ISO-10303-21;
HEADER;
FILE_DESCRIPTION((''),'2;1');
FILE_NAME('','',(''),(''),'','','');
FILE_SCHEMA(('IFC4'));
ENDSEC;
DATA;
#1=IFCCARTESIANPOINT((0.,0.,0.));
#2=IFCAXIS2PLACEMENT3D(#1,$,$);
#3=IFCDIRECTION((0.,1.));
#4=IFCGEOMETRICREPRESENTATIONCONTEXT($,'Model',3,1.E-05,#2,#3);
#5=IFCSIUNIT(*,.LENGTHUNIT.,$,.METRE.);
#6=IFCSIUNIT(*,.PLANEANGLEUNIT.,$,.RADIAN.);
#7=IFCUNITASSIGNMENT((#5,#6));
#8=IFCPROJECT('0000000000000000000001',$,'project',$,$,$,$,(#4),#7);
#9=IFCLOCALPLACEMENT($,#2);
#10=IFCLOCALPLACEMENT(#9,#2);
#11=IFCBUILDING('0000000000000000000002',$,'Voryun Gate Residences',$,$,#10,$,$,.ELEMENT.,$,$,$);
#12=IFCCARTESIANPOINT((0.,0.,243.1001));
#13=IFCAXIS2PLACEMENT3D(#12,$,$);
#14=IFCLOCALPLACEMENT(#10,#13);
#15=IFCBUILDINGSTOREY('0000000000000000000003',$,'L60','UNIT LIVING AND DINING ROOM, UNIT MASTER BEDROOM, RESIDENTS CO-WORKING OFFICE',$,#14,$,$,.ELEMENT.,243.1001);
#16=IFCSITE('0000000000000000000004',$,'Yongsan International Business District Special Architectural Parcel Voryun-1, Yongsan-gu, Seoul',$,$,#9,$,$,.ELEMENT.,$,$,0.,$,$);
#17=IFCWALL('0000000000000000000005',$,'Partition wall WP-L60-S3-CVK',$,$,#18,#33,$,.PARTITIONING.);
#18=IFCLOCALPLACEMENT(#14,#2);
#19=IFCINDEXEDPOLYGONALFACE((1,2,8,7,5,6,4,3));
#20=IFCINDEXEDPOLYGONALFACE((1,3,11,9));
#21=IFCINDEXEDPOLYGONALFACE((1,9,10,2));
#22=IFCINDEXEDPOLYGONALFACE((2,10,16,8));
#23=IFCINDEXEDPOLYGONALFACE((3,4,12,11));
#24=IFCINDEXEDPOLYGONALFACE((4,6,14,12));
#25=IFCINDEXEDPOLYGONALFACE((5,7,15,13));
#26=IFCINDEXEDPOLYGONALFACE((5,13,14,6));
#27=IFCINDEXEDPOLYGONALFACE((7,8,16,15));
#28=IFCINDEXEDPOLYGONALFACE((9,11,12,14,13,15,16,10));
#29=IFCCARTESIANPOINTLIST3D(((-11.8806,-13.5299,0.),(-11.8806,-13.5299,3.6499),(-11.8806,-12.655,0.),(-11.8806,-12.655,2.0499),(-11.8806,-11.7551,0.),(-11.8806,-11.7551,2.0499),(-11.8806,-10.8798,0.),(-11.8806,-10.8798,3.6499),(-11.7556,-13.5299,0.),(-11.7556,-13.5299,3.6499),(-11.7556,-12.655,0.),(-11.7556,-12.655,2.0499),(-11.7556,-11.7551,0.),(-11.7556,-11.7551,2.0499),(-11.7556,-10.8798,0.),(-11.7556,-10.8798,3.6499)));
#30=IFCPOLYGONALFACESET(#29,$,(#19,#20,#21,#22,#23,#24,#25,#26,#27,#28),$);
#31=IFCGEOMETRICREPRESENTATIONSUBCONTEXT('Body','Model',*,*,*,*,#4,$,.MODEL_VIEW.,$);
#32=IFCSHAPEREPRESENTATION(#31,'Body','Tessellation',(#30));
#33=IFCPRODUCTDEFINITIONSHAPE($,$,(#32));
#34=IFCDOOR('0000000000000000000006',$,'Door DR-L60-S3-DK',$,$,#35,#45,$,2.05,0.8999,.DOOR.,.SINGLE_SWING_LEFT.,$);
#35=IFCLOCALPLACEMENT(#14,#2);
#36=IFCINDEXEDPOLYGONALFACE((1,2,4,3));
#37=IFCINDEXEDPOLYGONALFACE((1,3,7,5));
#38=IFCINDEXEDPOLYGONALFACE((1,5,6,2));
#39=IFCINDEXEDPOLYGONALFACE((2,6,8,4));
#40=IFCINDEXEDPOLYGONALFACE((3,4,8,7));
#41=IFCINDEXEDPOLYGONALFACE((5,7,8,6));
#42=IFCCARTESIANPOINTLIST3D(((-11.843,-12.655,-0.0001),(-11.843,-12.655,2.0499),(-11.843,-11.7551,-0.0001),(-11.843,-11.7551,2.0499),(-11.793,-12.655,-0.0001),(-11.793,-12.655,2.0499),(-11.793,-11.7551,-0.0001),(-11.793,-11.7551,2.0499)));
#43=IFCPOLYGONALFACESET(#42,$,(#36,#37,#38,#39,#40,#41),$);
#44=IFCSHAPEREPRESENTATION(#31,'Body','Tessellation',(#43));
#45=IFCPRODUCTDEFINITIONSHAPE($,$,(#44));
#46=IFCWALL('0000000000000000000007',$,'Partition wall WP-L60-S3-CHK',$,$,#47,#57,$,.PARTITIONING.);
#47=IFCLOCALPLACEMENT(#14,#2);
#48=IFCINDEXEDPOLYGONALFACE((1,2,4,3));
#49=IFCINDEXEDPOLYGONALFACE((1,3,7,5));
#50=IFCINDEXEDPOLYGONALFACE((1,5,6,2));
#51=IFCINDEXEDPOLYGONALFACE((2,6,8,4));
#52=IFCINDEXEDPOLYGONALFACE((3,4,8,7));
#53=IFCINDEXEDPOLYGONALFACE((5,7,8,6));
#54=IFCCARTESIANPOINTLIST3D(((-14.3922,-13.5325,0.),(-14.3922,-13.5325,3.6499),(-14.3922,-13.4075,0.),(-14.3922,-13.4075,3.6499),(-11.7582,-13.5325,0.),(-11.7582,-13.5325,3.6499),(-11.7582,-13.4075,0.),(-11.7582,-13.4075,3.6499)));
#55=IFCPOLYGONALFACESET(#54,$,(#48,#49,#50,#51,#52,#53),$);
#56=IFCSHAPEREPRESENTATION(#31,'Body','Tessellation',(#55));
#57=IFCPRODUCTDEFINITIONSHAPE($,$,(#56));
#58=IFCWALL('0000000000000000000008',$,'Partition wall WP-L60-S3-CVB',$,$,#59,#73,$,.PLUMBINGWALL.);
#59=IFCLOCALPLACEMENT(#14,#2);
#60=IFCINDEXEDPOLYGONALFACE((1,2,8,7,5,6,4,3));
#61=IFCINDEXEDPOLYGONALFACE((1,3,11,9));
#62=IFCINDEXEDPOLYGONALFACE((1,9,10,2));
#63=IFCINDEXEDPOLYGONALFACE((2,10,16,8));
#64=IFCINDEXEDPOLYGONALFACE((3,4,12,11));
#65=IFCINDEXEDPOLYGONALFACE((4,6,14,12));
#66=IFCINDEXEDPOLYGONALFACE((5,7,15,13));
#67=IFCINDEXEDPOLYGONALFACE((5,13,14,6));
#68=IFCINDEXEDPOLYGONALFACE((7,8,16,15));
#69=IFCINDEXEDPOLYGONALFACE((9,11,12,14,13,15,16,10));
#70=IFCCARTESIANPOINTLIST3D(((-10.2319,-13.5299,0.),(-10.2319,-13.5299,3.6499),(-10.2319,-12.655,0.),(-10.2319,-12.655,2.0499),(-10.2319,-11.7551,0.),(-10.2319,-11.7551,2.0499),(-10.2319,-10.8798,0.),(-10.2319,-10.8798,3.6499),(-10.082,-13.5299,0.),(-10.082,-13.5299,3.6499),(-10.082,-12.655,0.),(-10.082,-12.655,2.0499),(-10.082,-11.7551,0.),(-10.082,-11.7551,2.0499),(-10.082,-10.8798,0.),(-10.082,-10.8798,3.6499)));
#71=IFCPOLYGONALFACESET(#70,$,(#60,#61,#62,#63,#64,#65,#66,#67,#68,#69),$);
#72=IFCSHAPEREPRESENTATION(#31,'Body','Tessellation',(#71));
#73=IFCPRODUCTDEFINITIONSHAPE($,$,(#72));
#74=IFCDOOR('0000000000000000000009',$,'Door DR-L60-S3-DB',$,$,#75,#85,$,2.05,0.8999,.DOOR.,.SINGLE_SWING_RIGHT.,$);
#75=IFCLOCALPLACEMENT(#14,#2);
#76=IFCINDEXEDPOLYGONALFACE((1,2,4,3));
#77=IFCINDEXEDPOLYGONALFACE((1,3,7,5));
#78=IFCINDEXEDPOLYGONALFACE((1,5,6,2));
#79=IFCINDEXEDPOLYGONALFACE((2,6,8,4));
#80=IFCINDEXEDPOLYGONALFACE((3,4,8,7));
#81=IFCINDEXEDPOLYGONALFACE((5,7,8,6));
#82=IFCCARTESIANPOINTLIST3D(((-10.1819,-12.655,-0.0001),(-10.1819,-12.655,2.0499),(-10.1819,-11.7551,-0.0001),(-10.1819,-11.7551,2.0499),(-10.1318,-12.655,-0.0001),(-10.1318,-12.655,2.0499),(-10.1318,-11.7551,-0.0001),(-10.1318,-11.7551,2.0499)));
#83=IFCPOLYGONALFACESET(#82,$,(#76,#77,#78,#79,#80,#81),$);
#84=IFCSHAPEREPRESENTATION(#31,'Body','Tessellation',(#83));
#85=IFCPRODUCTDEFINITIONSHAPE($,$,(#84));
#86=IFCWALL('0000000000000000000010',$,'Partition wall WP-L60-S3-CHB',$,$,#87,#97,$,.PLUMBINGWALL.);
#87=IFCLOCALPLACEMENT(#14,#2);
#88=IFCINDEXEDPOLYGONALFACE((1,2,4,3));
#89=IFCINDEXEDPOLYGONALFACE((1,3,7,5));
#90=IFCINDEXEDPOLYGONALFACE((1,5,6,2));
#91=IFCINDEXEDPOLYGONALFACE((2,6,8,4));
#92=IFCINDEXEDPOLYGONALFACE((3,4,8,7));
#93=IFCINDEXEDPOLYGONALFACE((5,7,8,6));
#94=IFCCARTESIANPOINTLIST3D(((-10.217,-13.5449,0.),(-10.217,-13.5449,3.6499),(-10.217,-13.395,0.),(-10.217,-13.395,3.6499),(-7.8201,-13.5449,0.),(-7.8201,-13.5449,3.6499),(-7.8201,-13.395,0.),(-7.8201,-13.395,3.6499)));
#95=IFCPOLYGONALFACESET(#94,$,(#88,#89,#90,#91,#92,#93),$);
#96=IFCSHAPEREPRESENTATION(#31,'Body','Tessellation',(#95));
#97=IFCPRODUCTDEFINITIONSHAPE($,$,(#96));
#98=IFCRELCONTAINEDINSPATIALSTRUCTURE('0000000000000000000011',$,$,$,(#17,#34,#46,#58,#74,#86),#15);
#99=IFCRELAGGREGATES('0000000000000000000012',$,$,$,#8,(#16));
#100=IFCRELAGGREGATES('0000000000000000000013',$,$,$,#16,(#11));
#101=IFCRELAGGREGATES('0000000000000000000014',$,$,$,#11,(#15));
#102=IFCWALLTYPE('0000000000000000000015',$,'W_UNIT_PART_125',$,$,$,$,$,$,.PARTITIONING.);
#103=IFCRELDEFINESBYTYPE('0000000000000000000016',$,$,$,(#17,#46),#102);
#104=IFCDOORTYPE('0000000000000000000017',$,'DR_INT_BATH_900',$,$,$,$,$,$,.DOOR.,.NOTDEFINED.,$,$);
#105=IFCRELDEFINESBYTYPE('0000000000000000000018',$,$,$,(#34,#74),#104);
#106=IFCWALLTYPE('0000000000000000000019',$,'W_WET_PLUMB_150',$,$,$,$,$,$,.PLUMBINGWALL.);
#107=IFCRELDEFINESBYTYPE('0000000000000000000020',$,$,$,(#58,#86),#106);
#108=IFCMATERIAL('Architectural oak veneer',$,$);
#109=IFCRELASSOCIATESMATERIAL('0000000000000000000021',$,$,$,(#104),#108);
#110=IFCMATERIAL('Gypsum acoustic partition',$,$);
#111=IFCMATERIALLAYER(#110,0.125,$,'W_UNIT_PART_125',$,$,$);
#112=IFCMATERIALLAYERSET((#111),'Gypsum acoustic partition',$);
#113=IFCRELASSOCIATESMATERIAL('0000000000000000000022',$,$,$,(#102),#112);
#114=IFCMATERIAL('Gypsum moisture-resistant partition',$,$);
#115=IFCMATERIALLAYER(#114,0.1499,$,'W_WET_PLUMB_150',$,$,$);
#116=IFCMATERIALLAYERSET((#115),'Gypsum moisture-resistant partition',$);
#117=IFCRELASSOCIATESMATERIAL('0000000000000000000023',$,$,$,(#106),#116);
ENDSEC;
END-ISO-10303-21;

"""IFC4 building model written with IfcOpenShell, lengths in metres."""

from ifc_helpers import new_model, si_unit, direction, frame, frame_2d, origin, place, context, subcontext, project, spatial, rectangle, extrude, material, layer, layer_set, type_object, element, fill, save


model = new_model("IFC4")

# Units and contexts
model_context = context("Model", 3, precision=1e-05, world=origin(), true_north=direction((0.0, 1.0)))
body_context = subcontext(model_context, "Body", "Model", "MODEL_VIEW")
ifc_project = project(units=[si_unit("LENGTHUNIT", "METRE"), si_unit("PLANEANGLEUNIT", "RADIAN")], contexts=[model_context])

# Site, building, storey
site_placement = place(None, origin())
site = spatial("IfcSite", under=ifc_project, at=site_placement, Name="Yongsan International Business District Special Architectural Parcel Voryun-1, Yongsan-gu, Seoul", CompositionType="ELEMENT", RefElevation=0.0)
building_placement = place(site_placement, origin())
building = spatial("IfcBuilding", under=site, at=building_placement, Name="Voryun Gate Residences", CompositionType="ELEMENT")
storey_placement = place(building_placement, frame((0.0, 0.0, 243.1001)))
storey = spatial("IfcBuildingStorey", under=building, at=storey_placement, Name="L60", Description="UNIT LIVING AND DINING ROOM, UNIT MASTER BEDROOM, RESIDENTS CO-WORKING OFFICE", CompositionType="ELEMENT", Elevation=243.1001)

# Shared definitions
ifc_material_1 = material(Name="Architectural oak veneer")
door_type_1 = type_object("IfcDoorType", Name="DR_INT_BATH_900", OperationType="NOTDEFINED", PredefinedType="DOOR", material=ifc_material_1)

# Wall, opening, door
ifc_material_2 = material(Name="Gypsum acoustic partition")
ifc_layer_1 = layer(ifc_material_2, 0.125, Name="W_UNIT_PART_125")
ifc_layer_set_1 = layer_set([ifc_layer_1], Name="Gypsum acoustic partition")
wall_type_1 = type_object("IfcWallType", Name="W_UNIT_PART_125", PredefinedType="PARTITIONING", material=ifc_layer_set_1)
wall_1_placement = place(storey_placement, frame((-11.8181, -13.53, 0.0), z_axis=(0.0, 0.0, 1.0), x_axis=(0.0, 1.0, 0.0)))
wall_1 = element("IfcWall", 1, at=wall_1_placement, inside=storey, type_object=wall_type_1, Name="Partition wall WP-L60-S3-CVK", PredefinedType="PARTITIONING", context=body_context, shape_type="SweptSolid", body=[
    extrude(rectangle(XDim=2.6501, YDim=0.125, at=frame_2d((1.3252, 0.0))), origin(), (0.0, 0.0, 1.0), 3.6499),
])
opening_1_placement = place(wall_1_placement, frame((0.875, 0.0, 0.0)))
opening_1 = element("IfcOpeningElement", 2, at=opening_1_placement, cuts=wall_1, PredefinedType="OPENING", context=body_context, shape_type="SweptSolid", body=[
    extrude(rectangle(XDim=0.8999, YDim=2.05, at=frame_2d((0.45, 1.0249))), frame((0.0, 0.0725, 0.0), z_axis=(0.0, -1.0, 0.0), x_axis=(1.0, 0.0, 0.0)), (0.0, 0.0, 1.0), 0.145),
])
door_1_placement = place(opening_1_placement, origin())
door_1 = element("IfcDoor", 3, at=door_1_placement, inside=storey, type_object=door_type_1, Name="Door DR-L60-S3-DK", OperationType="SINGLE_SWING_LEFT", OverallHeight=2.05, OverallWidth=0.8999, PredefinedType="DOOR", context=body_context, shape_type="SweptSolid", body=[
    extrude(rectangle(XDim=0.8999, YDim=2.05, at=frame_2d((0.45, 1.0249))), frame((0.0, 0.0249, 0.0), z_axis=(0.0, -1.0, 0.0), x_axis=(1.0, 0.0, 0.0)), (0.0, 0.0, 1.0), 0.05),
])
fill(opening_1, door_1)

# Wall
wall_2_placement = place(storey_placement, frame((-14.3921, -13.47, 0.0), z_axis=(0.0, 0.0, 1.0), x_axis=(1.0, 0.0, 0.0)))
element("IfcWall", 4, at=wall_2_placement, inside=storey, type_object=wall_type_1, Name="Partition wall WP-L60-S3-CHK", PredefinedType="PARTITIONING", context=body_context, shape_type="SweptSolid", body=[
    extrude(rectangle(XDim=2.634, YDim=0.125, at=frame_2d((1.3169, 0.0))), origin(), (0.0, 0.0, 1.0), 3.6499),
])

# Wall, opening, door
ifc_material_3 = material(Name="Gypsum moisture-resistant partition")
ifc_layer_2 = layer(ifc_material_3, 0.1499, Name="W_WET_PLUMB_150")
ifc_layer_set_2 = layer_set([ifc_layer_2], Name="Gypsum moisture-resistant partition")
wall_type_2 = type_object("IfcWallType", Name="W_WET_PLUMB_150", PredefinedType="PLUMBINGWALL", material=ifc_layer_set_2)
wall_3_placement = place(storey_placement, frame((-10.157, -13.53, 0.0), z_axis=(0.0, 0.0, 1.0), x_axis=(0.0, 1.0, 0.0)))
wall_3 = element("IfcWall", 5, at=wall_3_placement, inside=storey, type_object=wall_type_2, Name="Partition wall WP-L60-S3-CVB", PredefinedType="PLUMBINGWALL", context=body_context, shape_type="SweptSolid", body=[
    extrude(rectangle(XDim=2.6501, YDim=0.1499, at=frame_2d((1.3252, 0.0))), origin(), (0.0, 0.0, 1.0), 3.6499),
])
opening_2_placement = place(wall_3_placement, frame((0.875, 0.0, 0.0)))
opening_2 = element("IfcOpeningElement", 6, at=opening_2_placement, cuts=wall_3, PredefinedType="OPENING", context=body_context, shape_type="SweptSolid", body=[
    extrude(rectangle(XDim=0.8999, YDim=2.05, at=frame_2d((0.45, 1.0249))), frame((0.0, 0.085, 0.0), z_axis=(0.0, -1.0, 0.0), x_axis=(1.0, 0.0, 0.0)), (0.0, 0.0, 1.0), 0.1699),
])
door_2_placement = place(opening_2_placement, origin())
door_2 = element("IfcDoor", 7, at=door_2_placement, inside=storey, type_object=door_type_1, Name="Door DR-L60-S3-DB", OperationType="SINGLE_SWING_RIGHT", OverallHeight=2.05, OverallWidth=0.8999, PredefinedType="DOOR", context=body_context, shape_type="SweptSolid", body=[
    extrude(rectangle(XDim=0.8999, YDim=2.05, at=frame_2d((0.45, 1.0249))), frame((0.0, 0.0249, 0.0), z_axis=(0.0, -1.0, 0.0), x_axis=(1.0, 0.0, 0.0)), (0.0, 0.0, 1.0), 0.05),
])
fill(opening_2, door_2)

# Wall
wall_4_placement = place(storey_placement, frame((-10.217, -13.47, 0.0), z_axis=(0.0, 0.0, 1.0), x_axis=(1.0, 0.0, 0.0)))
element("IfcWall", 8, at=wall_4_placement, inside=storey, type_object=wall_type_2, Name="Partition wall WP-L60-S3-CHB", PredefinedType="PLUMBINGWALL", context=body_context, shape_type="SweptSolid", body=[
    extrude(rectangle(XDim=2.397, YDim=0.1499, at=frame_2d((1.1985, 0.0))), origin(), (0.0, 0.0, 1.0), 3.6499),
])

save(model, "model.ifc")
